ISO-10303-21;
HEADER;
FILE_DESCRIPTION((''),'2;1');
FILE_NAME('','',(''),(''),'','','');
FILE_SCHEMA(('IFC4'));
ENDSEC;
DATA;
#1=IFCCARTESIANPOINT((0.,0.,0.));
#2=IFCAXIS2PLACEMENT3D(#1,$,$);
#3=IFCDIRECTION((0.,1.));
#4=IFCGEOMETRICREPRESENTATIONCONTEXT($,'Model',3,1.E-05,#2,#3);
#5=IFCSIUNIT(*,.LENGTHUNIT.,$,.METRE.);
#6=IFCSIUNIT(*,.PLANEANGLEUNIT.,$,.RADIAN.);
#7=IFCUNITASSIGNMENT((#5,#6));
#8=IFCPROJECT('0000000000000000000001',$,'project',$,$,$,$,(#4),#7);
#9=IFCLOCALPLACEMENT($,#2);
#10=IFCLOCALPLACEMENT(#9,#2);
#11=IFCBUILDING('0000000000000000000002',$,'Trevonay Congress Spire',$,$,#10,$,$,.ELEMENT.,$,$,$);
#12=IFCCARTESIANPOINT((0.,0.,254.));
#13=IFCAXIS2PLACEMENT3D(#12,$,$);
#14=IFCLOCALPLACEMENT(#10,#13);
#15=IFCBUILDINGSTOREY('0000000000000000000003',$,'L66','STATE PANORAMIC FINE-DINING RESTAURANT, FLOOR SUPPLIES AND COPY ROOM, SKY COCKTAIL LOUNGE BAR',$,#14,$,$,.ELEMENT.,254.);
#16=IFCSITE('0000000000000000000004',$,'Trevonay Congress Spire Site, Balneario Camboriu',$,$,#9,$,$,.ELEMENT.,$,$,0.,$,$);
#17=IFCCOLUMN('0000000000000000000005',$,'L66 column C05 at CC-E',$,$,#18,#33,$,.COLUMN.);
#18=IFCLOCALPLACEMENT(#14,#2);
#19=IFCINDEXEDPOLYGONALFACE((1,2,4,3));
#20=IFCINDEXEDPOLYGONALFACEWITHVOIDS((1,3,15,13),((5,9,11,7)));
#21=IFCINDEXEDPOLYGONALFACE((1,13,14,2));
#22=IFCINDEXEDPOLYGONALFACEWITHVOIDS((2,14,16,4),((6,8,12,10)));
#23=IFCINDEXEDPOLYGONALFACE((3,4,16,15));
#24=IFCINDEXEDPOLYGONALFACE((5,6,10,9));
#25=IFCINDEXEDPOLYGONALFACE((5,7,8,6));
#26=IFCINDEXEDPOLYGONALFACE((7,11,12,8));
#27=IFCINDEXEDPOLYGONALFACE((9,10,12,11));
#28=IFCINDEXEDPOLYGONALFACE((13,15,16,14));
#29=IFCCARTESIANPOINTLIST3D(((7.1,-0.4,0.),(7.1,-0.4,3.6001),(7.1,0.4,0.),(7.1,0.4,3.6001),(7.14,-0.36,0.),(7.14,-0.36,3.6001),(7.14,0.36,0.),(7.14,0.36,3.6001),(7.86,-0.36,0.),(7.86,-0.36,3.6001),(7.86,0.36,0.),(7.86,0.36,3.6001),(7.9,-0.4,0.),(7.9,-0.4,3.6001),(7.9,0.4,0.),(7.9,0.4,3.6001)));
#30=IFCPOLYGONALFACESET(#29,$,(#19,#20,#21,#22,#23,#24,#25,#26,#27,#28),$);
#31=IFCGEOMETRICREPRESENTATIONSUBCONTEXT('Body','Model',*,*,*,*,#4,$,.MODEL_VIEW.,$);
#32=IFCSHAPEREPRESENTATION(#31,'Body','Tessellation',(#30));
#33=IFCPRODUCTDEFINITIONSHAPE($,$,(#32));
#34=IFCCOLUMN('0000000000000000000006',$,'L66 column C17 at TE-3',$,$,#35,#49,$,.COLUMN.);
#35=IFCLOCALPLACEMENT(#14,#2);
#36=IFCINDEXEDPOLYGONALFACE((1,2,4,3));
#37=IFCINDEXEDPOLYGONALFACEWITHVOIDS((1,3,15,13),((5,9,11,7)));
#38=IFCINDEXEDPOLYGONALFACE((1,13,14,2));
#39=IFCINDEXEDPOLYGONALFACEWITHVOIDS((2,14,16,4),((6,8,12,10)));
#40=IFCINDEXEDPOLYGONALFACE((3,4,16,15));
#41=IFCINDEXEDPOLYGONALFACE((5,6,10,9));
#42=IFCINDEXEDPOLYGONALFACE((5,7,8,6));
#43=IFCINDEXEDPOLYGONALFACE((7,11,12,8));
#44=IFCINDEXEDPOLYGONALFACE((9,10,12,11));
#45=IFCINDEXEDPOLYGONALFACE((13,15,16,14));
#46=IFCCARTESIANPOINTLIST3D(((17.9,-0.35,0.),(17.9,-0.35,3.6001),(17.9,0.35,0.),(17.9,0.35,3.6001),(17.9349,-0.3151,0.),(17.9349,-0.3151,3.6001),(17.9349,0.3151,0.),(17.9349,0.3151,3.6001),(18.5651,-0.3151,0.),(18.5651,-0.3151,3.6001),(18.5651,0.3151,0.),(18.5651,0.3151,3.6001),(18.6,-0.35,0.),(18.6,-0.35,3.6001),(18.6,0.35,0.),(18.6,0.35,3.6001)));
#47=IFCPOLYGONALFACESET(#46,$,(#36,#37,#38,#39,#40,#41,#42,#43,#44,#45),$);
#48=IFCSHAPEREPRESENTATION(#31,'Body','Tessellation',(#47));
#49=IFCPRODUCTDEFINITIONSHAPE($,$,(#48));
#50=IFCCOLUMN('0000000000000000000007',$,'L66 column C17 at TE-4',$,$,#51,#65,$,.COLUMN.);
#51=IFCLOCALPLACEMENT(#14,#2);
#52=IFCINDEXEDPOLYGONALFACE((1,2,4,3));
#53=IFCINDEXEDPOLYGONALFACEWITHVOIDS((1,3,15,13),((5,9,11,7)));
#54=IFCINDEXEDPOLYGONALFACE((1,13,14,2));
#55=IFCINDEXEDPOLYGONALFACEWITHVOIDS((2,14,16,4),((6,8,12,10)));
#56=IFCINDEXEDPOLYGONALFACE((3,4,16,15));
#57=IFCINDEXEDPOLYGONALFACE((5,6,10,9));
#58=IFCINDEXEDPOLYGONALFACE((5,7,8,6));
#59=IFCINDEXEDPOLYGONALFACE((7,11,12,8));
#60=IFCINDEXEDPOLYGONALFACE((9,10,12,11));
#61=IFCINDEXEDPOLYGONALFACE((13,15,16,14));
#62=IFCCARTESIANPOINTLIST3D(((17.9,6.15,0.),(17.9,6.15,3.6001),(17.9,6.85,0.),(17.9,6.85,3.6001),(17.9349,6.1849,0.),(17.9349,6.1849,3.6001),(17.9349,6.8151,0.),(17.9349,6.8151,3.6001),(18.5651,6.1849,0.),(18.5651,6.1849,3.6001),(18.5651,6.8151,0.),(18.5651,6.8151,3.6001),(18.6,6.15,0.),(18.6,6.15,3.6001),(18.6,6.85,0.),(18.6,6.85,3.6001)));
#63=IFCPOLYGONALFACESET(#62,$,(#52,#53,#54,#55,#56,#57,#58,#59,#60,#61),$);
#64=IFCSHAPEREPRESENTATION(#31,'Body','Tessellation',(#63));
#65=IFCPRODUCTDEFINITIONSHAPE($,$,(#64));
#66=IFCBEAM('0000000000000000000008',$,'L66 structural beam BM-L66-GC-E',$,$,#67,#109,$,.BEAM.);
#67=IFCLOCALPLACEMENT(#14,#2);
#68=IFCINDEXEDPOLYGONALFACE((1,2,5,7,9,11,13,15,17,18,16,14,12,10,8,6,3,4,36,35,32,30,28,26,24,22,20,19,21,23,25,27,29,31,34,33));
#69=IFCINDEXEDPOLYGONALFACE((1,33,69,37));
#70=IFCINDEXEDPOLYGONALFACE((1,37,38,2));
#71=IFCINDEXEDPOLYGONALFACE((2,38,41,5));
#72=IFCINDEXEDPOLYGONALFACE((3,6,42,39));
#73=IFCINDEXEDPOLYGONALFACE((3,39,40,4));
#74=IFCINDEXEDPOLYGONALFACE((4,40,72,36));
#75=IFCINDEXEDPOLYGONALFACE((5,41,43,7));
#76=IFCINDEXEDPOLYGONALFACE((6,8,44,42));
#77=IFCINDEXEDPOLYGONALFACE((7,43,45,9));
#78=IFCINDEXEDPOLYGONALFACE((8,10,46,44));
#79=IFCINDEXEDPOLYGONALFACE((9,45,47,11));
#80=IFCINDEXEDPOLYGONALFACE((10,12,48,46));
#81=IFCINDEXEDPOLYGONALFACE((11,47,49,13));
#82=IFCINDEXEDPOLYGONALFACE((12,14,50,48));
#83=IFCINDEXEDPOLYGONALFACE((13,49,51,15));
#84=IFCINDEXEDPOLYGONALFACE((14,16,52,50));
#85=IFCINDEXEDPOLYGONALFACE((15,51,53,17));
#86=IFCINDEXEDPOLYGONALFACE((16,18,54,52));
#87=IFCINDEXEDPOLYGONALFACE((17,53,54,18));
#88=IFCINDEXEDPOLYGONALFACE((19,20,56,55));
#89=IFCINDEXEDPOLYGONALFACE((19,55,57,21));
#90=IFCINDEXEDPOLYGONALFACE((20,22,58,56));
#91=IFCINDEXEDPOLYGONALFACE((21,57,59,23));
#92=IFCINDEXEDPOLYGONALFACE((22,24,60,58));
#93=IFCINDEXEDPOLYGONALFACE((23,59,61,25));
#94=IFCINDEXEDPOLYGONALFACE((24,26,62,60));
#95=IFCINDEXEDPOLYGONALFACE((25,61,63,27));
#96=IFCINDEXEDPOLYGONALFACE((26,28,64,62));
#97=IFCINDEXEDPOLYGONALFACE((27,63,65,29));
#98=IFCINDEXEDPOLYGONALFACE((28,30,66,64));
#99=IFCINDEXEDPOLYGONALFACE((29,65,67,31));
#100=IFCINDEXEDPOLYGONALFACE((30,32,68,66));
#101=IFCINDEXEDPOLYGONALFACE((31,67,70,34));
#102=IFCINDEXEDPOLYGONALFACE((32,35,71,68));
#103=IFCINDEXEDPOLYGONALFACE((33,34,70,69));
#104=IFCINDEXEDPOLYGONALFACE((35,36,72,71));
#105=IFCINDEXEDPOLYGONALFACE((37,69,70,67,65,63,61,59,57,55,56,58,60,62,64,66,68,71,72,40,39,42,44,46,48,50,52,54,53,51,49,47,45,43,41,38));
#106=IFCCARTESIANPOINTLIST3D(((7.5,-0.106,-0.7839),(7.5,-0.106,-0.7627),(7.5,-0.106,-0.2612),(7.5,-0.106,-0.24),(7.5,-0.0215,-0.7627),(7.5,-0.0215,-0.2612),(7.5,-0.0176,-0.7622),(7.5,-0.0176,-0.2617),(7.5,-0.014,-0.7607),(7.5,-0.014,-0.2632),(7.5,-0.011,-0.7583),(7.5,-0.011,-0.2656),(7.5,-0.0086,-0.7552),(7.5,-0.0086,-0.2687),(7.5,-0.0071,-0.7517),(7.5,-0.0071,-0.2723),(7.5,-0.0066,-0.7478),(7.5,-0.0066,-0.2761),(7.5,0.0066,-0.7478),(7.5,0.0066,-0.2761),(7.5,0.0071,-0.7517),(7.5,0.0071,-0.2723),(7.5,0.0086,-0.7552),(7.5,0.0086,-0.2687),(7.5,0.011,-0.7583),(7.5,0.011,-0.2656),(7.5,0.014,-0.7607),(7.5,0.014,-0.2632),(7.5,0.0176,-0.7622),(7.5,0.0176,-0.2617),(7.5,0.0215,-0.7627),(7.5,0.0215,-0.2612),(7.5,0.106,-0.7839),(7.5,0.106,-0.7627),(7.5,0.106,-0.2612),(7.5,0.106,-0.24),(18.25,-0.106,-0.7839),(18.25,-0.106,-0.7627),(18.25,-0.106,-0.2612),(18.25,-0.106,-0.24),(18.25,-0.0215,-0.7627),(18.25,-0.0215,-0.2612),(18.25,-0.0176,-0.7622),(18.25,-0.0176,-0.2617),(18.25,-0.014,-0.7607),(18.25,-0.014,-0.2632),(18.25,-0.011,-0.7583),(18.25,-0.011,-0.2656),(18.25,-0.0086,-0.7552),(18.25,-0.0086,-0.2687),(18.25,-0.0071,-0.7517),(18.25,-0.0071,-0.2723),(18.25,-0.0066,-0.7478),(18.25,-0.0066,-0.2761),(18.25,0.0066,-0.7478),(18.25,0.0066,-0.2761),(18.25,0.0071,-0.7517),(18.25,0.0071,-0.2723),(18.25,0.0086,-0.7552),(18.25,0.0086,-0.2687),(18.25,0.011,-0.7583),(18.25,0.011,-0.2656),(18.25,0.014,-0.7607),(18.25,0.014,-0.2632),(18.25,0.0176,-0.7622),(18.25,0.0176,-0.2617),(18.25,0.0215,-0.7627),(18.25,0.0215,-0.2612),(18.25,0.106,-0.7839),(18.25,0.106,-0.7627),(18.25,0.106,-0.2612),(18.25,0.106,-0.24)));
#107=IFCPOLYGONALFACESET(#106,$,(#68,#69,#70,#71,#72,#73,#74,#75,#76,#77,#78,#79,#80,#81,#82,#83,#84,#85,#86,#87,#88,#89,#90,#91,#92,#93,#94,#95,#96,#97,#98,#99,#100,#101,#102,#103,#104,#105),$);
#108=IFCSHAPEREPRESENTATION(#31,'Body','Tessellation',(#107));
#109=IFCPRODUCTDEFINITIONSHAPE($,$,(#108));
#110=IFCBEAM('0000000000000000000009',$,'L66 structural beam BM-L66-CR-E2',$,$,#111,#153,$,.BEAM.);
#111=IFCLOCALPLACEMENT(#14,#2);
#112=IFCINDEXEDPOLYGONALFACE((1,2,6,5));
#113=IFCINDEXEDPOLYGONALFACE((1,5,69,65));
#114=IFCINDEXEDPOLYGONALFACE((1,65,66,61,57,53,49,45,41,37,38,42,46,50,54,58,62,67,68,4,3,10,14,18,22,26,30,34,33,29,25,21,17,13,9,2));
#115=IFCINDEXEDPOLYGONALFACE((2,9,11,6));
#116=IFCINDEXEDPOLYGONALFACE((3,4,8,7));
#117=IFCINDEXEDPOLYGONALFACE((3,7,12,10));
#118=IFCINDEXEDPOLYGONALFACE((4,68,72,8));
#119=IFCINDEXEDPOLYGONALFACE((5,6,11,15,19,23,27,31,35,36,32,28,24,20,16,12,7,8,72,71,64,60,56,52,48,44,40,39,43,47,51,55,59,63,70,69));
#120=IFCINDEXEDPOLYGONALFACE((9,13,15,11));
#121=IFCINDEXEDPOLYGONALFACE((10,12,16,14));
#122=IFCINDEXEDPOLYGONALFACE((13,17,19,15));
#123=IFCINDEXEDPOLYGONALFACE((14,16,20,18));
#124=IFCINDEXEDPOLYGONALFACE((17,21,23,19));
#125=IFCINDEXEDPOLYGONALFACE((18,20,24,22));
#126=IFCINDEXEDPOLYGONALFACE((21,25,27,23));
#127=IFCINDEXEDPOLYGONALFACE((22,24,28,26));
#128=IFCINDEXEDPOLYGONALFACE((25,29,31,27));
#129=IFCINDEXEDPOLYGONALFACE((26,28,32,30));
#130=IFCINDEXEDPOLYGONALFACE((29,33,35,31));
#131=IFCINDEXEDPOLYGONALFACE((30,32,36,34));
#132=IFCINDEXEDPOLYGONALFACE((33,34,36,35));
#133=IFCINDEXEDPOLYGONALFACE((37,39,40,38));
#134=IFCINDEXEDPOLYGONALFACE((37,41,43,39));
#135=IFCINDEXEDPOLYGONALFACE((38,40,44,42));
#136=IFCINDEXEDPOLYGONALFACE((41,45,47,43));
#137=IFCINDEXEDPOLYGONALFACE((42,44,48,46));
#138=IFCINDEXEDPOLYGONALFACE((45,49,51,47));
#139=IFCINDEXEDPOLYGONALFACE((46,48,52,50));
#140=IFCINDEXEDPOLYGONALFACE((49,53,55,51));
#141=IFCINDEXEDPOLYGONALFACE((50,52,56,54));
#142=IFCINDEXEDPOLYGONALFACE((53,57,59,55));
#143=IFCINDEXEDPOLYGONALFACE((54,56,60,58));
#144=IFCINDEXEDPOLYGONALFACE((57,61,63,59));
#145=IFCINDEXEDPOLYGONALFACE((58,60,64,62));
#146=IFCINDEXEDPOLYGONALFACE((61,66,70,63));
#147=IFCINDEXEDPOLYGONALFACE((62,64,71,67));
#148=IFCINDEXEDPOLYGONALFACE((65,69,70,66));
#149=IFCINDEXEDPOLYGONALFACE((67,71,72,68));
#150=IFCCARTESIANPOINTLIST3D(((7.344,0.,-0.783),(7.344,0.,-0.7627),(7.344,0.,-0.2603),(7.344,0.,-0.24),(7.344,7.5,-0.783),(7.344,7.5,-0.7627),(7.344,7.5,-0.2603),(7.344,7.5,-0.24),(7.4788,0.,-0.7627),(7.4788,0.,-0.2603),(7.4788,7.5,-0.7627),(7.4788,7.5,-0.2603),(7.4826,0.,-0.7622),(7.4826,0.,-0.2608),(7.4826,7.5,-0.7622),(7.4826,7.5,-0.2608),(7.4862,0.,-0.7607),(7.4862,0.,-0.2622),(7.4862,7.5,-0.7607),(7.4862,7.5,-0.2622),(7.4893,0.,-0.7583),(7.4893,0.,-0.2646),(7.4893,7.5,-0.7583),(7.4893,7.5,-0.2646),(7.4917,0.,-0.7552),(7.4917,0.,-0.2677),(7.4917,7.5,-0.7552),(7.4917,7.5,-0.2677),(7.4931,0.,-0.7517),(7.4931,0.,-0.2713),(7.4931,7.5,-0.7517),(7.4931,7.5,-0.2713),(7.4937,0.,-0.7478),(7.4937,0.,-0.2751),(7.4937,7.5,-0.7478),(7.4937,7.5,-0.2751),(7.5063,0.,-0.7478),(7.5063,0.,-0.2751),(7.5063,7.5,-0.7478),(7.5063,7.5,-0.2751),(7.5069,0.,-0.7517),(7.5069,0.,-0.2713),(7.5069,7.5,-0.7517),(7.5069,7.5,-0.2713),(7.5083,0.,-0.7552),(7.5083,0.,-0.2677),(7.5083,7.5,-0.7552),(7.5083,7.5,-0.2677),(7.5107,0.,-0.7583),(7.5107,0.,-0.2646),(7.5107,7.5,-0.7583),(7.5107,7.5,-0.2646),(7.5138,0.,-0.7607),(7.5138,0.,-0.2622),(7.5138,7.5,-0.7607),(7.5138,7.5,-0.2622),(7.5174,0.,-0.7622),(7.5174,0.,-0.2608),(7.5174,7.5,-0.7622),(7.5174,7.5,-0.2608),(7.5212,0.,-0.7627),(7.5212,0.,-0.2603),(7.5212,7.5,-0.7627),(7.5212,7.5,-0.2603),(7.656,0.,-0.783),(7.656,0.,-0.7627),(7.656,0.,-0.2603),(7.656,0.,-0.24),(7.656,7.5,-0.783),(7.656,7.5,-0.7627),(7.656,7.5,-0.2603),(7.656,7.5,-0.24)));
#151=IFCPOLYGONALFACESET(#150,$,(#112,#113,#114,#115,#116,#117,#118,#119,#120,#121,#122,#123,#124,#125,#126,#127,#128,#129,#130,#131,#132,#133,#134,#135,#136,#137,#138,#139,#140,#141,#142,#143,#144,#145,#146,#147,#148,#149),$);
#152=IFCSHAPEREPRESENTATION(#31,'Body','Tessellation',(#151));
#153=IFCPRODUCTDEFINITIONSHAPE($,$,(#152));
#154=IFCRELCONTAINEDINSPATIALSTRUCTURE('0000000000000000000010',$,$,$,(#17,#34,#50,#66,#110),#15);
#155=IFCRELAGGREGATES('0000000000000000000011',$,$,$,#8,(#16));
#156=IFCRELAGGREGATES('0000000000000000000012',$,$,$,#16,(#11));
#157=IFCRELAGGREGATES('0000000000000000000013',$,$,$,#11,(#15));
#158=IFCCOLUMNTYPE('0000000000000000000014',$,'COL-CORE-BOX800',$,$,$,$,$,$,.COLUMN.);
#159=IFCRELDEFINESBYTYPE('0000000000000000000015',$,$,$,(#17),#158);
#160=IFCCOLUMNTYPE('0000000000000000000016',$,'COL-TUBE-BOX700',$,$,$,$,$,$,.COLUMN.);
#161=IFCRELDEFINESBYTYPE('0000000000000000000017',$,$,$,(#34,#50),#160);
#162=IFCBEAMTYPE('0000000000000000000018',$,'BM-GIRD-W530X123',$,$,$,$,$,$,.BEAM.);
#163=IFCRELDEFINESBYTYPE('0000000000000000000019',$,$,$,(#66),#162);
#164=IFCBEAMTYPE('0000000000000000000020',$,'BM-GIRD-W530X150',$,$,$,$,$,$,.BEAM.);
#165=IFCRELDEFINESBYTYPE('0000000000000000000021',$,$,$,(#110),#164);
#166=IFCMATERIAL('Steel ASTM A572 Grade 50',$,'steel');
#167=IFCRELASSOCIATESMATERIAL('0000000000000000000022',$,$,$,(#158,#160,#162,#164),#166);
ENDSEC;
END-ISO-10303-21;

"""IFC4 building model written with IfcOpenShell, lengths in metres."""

from ifc_helpers import new_model, si_unit, direction, frame, origin, origin_2d, place, context, subcontext, project, spatial, hollow_rectangle, i_section, extrude, material, material_profile, profile_set, type_object, element, save


model = new_model("IFC4")

# Units and contexts
model_context = context("Model", 3, precision=1e-05, world=origin(), true_north=direction((0.0, 1.0)))
body_context = subcontext(model_context, "Body", "Model", "MODEL_VIEW")
ifc_project = project(units=[si_unit("LENGTHUNIT", "METRE"), si_unit("PLANEANGLEUNIT", "RADIAN")], contexts=[model_context])

# Site, building, storey
site_placement = place(None, origin())
site = spatial("IfcSite", under=ifc_project, at=site_placement, Name="Trevonay Congress Spire Site, Balneario Camboriu", CompositionType="ELEMENT", RefElevation=0.0)
building_placement = place(site_placement, origin())
building = spatial("IfcBuilding", under=site, at=building_placement, Name="Trevonay Congress Spire", CompositionType="ELEMENT")
storey_placement = place(building_placement, frame((0.0, 0.0, 254.0)))
storey = spatial("IfcBuildingStorey", under=building, at=storey_placement, Name="L66", Description="STATE PANORAMIC FINE-DINING RESTAURANT, FLOOR SUPPLIES AND COPY ROOM, SKY COCKTAIL LOUNGE BAR", CompositionType="ELEMENT", Elevation=254.0)

# Columns
ifc_material_1 = material(Name="Steel ASTM A572 Grade 50", Category="steel")
ifc_material_profile_1 = material_profile(ifc_material_1, hollow_rectangle(XDim=0.8, YDim=0.8, WallThickness=0.04, at=origin_2d()), Name="BOX 800x800x40")
ifc_profile_set_1 = profile_set([ifc_material_profile_1], Name="Steel ASTM A572 Grade 50")
column_type_1 = type_object("IfcColumnType", Name="COL-CORE-BOX800", PredefinedType="COLUMN", material=ifc_profile_set_1)
column_placement = place(storey_placement, frame((7.5, 0.0, 0.0), z_axis=(0.0, 0.0, 1.0), x_axis=(1.0, 0.0, 0.0)))
element("IfcColumn", 1, at=column_placement, inside=storey, type_object=column_type_1, Name="L66 column C05 at CC-E", PredefinedType="COLUMN", context=body_context, shape_type="SweptSolid", body=[
    extrude(hollow_rectangle(XDim=0.8, YDim=0.8, WallThickness=0.04, at=origin_2d()), origin(), (0.0, 0.0, 1.0), 3.6001),
])
ifc_material_profile_2 = material_profile(ifc_material_1, hollow_rectangle(XDim=0.7, YDim=0.7, WallThickness=0.0349, at=origin_2d()), Name="BOX 700x700x35")
ifc_profile_set_2 = profile_set([ifc_material_profile_2], Name="Steel ASTM A572 Grade 50")
column_type_2 = type_object("IfcColumnType", Name="COL-TUBE-BOX700", PredefinedType="COLUMN", material=ifc_profile_set_2)
for number, where, z_axis, x_axis, name in (
    (2, (18.25, 0.0, 0.0), (0.0, 0.0, 1.0), (1.0, 0.0, 0.0), "L66 column C17 at TE-3"),
    (3, (18.25, 6.5, 0.0), (0.0, 0.0, 1.0), (1.0, 0.0, 0.0), "L66 column C17 at TE-4"),
):
    element("IfcColumn", number, at=place(storey_placement, frame(where, z_axis=z_axis, x_axis=x_axis)), inside=storey, type_object=column_type_2, Name=name, PredefinedType="COLUMN", context=body_context, shape_type="SweptSolid", body=[
        extrude(hollow_rectangle(XDim=0.7, YDim=0.7, WallThickness=0.0349, at=origin_2d()), origin(), (0.0, 0.0, 1.0), 3.6001),
    ])

# Beams
ifc_material_profile_3 = material_profile(ifc_material_1, i_section(OverallWidth=0.2119, OverallDepth=0.5439, WebThickness=0.0132, FlangeThickness=0.0212, FilletRadius=0.0149, at=origin_2d()), Name="W530x123")
ifc_profile_set_3 = profile_set([ifc_material_profile_3], Name="Steel ASTM A572 Grade 50")
beam_type_1 = type_object("IfcBeamType", Name="BM-GIRD-W530X123", PredefinedType="BEAM", material=ifc_profile_set_3)
beam_1_placement = place(storey_placement, frame((7.5, 0.0, -0.512), z_axis=(1.0, 0.0, 0.0), x_axis=(0.0, 1.0, 0.0)))
element("IfcBeam", 4, at=beam_1_placement, inside=storey, type_object=beam_type_1, Name="L66 structural beam BM-L66-GC-E", PredefinedType="BEAM", context=body_context, shape_type="SweptSolid", body=[
    extrude(i_section(OverallWidth=0.2119, OverallDepth=0.5439, WebThickness=0.0132, FlangeThickness=0.0212, FilletRadius=0.0149, at=origin_2d()), origin(), (0.0, 0.0, 1.0), 10.75),
])
ifc_material_profile_4 = material_profile(ifc_material_1, i_section(OverallWidth=0.312, OverallDepth=0.543, WebThickness=0.0127, FlangeThickness=0.0203, FilletRadius=0.0149, at=origin_2d()), Name="W530x150")
ifc_profile_set_4 = profile_set([ifc_material_profile_4], Name="Steel ASTM A572 Grade 50")
beam_type_2 = type_object("IfcBeamType", Name="BM-GIRD-W530X150", PredefinedType="BEAM", material=ifc_profile_set_4)
beam_2_placement = place(storey_placement, frame((7.5, 0.0, -0.5115), z_axis=(0.0, 1.0, 0.0), x_axis=(-1.0, 0.0, 0.0)))
element("IfcBeam", 5, at=beam_2_placement, inside=storey, type_object=beam_type_2, Name="L66 structural beam BM-L66-CR-E2", PredefinedType="BEAM", context=body_context, shape_type="SweptSolid", body=[
    extrude(i_section(OverallWidth=0.312, OverallDepth=0.543, WebThickness=0.0127, FlangeThickness=0.0203, FilletRadius=0.0149, at=origin_2d()), origin(), (0.0, 0.0, 1.0), 7.5),
])

save(model, "model.ifc")
